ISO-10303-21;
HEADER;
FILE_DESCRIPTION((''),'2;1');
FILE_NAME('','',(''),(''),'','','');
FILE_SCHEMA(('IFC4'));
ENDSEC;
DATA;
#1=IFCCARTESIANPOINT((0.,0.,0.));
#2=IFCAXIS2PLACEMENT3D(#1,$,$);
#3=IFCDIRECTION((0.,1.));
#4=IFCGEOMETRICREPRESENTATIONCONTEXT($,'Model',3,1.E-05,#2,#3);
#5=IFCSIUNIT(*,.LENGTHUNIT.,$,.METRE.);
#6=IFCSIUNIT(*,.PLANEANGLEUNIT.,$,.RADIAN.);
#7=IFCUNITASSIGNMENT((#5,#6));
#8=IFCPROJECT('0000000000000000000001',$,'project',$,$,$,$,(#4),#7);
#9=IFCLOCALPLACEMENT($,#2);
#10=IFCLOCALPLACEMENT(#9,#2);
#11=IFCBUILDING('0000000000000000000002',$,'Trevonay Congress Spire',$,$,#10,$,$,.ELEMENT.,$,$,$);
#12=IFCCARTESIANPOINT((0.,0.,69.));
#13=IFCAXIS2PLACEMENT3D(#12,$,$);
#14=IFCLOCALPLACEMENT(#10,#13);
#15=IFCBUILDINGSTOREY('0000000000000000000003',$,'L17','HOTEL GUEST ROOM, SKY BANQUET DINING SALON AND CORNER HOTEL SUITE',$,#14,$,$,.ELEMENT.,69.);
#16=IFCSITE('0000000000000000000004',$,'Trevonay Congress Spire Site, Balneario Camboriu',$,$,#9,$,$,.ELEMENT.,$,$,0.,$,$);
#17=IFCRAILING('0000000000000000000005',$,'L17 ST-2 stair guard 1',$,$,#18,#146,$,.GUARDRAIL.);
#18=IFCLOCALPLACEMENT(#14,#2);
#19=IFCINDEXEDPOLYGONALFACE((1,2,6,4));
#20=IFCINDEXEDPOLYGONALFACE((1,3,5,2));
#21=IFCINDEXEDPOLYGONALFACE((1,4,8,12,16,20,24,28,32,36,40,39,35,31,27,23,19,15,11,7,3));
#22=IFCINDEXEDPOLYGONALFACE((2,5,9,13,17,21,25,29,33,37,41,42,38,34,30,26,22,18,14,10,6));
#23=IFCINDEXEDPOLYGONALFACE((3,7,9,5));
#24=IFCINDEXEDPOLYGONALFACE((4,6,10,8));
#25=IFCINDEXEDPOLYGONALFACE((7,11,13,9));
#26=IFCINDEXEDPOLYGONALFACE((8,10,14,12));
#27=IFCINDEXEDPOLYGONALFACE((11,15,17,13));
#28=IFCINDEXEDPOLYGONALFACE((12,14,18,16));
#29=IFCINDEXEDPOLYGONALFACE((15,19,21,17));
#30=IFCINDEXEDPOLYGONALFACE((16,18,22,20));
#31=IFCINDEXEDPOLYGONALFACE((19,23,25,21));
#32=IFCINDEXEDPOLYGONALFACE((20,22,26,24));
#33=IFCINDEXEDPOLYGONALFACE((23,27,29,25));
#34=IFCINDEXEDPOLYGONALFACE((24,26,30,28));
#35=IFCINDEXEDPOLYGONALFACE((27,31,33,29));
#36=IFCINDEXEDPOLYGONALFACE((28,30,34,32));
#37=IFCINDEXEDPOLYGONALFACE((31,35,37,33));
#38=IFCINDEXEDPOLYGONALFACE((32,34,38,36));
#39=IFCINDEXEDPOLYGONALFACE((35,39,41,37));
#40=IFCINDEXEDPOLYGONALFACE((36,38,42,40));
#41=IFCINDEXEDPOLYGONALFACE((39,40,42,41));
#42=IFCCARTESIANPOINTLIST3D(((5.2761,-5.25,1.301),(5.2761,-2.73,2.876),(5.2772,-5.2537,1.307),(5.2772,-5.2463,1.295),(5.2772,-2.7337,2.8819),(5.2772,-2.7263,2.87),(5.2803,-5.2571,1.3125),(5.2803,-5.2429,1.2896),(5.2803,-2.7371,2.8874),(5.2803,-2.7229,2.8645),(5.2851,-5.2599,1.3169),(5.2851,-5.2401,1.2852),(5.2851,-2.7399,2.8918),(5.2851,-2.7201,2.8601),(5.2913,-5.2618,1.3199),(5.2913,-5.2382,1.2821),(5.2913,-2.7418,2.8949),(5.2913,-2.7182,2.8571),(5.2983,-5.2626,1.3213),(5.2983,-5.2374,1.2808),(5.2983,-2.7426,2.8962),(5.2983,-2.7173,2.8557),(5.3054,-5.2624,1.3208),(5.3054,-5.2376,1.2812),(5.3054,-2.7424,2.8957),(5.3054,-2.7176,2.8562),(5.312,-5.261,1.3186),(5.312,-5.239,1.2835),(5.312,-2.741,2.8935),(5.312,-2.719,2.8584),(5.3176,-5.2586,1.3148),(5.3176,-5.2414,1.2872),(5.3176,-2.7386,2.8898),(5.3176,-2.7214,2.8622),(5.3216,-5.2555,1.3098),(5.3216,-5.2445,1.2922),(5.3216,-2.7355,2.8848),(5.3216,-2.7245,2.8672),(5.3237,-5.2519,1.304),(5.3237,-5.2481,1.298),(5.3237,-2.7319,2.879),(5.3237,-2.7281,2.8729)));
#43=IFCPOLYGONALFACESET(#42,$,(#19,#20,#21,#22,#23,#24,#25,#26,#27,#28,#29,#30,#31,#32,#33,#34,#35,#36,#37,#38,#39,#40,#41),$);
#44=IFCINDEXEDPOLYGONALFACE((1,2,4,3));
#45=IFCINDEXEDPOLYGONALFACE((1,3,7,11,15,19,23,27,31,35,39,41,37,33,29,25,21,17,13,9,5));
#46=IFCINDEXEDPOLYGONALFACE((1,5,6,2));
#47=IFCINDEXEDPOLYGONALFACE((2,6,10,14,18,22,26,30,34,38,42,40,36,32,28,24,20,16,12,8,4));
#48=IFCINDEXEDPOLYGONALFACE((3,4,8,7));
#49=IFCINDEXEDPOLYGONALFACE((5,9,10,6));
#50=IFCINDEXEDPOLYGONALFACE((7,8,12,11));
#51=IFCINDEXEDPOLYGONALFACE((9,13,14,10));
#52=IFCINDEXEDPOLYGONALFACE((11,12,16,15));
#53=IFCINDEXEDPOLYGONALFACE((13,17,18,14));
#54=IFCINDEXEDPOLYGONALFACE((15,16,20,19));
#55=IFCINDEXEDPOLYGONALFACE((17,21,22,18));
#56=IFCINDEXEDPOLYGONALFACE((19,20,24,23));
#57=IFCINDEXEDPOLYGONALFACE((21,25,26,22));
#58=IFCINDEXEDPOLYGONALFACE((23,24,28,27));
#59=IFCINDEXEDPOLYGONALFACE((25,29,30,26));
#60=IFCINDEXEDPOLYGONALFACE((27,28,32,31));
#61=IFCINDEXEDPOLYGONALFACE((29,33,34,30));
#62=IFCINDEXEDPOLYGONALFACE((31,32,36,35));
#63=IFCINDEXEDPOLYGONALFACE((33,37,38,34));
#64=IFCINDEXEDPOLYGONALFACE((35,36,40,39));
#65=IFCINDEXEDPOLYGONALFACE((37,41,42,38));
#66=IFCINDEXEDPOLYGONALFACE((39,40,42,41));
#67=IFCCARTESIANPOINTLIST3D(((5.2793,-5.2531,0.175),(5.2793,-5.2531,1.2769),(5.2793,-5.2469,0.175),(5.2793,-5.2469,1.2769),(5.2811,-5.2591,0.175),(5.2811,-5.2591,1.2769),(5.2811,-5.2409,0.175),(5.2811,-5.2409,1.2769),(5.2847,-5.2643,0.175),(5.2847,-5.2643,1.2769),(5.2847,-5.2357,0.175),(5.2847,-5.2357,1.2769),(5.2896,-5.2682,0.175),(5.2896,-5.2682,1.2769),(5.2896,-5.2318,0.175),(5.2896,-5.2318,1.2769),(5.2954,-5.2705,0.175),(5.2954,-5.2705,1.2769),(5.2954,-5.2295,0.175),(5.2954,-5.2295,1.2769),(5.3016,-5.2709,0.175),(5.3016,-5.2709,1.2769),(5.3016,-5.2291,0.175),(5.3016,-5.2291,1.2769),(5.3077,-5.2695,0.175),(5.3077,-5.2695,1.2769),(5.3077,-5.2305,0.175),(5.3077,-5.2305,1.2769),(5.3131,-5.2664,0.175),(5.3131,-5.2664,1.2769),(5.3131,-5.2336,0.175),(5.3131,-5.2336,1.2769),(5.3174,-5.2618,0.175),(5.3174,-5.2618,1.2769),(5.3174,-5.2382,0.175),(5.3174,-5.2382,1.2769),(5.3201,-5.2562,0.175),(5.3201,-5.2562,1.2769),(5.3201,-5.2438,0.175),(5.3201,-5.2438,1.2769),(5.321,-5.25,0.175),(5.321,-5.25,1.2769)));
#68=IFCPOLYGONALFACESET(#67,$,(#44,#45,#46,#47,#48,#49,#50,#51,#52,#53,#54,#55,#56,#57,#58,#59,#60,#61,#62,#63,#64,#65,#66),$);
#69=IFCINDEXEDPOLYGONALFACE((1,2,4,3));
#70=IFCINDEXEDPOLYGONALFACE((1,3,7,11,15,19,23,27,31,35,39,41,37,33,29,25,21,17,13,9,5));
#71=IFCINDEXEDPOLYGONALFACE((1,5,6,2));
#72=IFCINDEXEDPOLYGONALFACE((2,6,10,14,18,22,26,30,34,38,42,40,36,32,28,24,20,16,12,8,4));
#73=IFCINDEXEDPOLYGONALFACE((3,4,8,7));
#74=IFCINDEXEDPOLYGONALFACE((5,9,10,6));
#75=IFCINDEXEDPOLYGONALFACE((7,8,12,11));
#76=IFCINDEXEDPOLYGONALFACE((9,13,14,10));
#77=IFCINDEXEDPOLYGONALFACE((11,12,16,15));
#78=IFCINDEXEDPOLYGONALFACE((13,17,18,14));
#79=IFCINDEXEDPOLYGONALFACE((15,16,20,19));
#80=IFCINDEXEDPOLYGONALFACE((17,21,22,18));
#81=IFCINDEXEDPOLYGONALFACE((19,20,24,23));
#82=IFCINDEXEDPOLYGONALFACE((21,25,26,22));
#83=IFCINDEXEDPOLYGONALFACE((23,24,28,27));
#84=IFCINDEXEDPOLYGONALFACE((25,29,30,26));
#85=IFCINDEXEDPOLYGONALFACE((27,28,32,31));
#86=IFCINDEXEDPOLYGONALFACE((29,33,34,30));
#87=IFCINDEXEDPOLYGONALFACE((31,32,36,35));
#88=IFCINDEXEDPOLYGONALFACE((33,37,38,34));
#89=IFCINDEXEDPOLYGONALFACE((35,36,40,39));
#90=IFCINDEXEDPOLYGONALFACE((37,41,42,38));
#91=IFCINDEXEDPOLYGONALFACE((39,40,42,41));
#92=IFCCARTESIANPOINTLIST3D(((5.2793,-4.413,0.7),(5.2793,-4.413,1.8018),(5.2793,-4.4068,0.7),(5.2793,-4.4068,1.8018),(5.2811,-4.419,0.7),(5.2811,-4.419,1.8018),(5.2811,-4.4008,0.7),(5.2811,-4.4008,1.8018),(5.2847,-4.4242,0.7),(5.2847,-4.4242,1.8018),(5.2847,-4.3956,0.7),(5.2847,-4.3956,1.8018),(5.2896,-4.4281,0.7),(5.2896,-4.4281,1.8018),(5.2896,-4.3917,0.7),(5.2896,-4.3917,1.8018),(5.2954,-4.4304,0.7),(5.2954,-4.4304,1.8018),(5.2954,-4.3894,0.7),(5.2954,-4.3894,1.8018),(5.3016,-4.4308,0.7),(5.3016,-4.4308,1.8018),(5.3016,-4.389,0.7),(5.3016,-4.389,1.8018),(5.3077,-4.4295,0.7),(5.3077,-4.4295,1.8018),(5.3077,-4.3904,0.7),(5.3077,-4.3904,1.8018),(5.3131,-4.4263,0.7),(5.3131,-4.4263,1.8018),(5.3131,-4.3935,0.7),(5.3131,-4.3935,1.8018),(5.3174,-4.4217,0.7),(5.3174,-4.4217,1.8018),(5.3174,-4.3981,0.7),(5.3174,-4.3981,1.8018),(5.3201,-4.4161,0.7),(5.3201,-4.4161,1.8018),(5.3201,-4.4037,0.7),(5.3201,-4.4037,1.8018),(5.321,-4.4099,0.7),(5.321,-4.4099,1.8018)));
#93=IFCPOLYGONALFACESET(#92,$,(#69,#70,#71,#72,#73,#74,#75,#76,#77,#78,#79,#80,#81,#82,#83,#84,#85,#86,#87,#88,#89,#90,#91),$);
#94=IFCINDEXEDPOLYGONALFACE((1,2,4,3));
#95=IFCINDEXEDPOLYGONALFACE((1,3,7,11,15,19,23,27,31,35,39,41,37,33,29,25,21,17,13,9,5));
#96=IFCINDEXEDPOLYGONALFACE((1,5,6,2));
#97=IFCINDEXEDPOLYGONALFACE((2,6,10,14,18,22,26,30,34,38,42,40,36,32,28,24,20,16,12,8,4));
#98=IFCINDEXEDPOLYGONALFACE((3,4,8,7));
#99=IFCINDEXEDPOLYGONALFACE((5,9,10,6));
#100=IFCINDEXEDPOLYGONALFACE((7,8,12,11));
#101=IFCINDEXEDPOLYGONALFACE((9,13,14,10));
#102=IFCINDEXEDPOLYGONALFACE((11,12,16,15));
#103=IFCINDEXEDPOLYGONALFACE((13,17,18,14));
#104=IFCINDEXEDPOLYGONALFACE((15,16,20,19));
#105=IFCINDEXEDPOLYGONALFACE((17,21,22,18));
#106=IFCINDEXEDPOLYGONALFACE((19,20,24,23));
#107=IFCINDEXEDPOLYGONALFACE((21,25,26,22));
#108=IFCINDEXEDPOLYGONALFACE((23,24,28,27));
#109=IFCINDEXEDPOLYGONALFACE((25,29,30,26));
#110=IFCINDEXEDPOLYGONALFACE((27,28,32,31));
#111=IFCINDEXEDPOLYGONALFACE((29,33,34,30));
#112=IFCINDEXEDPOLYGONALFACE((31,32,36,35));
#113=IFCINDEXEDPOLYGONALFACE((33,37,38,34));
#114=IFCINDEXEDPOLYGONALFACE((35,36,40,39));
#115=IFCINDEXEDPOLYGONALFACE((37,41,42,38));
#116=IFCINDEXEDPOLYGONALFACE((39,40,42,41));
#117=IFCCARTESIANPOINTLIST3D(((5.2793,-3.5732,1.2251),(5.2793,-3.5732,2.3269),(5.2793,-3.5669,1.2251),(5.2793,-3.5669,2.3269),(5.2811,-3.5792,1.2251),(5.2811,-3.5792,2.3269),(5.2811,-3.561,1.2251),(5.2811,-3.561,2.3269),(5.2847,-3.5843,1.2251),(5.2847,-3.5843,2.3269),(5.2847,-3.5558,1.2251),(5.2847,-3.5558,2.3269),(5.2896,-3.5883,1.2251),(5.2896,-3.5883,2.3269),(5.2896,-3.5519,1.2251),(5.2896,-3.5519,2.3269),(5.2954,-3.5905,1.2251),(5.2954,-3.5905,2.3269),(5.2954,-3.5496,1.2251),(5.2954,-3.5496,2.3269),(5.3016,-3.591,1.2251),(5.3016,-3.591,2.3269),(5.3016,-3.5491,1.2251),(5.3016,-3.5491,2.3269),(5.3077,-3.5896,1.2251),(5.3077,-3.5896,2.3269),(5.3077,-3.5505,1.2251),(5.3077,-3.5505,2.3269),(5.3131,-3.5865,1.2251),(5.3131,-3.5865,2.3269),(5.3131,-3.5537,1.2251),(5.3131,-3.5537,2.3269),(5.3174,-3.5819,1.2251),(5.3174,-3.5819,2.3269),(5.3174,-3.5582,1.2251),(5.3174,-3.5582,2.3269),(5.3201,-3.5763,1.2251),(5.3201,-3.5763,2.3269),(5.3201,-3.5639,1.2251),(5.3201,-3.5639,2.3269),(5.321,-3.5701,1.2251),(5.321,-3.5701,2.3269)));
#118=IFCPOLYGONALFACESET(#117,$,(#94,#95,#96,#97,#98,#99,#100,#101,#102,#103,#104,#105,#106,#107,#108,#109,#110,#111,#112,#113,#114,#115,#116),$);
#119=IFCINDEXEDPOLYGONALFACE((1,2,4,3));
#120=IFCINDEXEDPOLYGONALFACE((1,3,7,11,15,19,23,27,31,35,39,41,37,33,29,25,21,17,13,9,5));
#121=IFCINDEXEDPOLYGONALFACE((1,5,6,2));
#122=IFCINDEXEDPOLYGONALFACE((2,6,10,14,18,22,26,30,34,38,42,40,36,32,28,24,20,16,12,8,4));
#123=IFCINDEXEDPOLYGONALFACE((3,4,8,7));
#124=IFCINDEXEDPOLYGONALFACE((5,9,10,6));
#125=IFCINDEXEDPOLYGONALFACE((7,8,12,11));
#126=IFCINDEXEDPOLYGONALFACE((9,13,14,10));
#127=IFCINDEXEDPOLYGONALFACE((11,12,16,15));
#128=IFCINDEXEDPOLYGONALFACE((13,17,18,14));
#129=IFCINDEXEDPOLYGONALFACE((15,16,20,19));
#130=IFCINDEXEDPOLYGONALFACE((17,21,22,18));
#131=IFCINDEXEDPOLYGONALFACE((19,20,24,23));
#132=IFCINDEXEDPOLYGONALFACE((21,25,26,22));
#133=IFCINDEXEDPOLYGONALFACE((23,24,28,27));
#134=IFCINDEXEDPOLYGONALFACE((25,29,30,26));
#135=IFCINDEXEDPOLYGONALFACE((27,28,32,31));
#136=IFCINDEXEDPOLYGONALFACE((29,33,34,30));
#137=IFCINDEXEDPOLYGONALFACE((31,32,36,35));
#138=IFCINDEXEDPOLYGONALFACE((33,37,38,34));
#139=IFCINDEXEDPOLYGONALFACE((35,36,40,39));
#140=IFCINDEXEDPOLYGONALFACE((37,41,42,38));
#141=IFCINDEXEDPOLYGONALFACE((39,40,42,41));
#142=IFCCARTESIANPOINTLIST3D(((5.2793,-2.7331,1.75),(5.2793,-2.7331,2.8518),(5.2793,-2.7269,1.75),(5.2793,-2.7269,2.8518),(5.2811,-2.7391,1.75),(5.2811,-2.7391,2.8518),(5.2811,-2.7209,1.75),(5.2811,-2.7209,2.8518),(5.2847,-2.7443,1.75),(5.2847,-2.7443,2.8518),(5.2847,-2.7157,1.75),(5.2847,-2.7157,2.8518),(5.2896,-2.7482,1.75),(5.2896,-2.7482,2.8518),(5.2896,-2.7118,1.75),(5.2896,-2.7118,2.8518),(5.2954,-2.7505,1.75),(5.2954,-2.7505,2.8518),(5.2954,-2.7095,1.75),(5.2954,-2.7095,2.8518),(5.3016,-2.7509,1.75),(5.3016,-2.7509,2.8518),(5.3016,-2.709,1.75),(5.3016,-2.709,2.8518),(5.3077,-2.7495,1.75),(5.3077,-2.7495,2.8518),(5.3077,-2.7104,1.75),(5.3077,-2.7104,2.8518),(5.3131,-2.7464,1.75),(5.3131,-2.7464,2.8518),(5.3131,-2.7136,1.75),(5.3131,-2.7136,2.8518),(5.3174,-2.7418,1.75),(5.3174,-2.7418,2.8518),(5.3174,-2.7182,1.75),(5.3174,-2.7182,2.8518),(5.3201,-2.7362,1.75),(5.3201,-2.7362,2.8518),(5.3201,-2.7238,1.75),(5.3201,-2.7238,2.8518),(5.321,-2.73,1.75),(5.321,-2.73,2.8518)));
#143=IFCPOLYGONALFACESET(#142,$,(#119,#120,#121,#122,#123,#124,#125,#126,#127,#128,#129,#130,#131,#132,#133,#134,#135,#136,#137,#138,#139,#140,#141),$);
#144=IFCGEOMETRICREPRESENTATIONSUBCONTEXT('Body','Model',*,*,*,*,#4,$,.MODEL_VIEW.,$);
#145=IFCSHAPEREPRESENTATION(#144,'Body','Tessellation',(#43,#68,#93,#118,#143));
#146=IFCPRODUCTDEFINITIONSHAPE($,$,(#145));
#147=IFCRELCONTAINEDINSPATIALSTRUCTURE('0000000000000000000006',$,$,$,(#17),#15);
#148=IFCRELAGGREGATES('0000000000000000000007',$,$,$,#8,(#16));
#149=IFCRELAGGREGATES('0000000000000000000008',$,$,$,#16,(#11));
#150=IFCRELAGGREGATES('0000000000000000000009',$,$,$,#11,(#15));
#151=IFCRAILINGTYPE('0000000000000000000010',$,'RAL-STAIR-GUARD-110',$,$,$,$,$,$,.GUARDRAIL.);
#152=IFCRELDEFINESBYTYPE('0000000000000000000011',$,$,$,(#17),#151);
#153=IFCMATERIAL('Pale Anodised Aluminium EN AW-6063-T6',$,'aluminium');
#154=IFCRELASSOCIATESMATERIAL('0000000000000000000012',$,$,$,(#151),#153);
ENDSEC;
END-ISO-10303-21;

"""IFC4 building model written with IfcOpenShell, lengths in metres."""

from ifc_helpers import new_model, si_unit, direction, frame, origin, origin_2d, place, context, subcontext, project, spatial, circle, extrude, material, type_object, element, save


model = new_model("IFC4")

# Units and contexts
model_context = context("Model", 3, precision=1e-05, world=origin(), true_north=direction((0.0, 1.0)))
body_context = subcontext(model_context, "Body", "Model", "MODEL_VIEW")
ifc_project = project(units=[si_unit("LENGTHUNIT", "METRE"), si_unit("PLANEANGLEUNIT", "RADIAN")], contexts=[model_context])

# Site, building, storey
site_placement = place(None, origin())
site = spatial("IfcSite", under=ifc_project, at=site_placement, Name="Trevonay Congress Spire Site, Balneario Camboriu", CompositionType="ELEMENT", RefElevation=0.0)
building_placement = place(site_placement, origin())
building = spatial("IfcBuilding", under=site, at=building_placement, Name="Trevonay Congress Spire", CompositionType="ELEMENT")
storey_placement = place(building_placement, frame((0.0, 0.0, 69.0)))
storey = spatial("IfcBuildingStorey", under=building, at=storey_placement, Name="L17", Description="HOTEL GUEST ROOM, SKY BANQUET DINING SALON AND CORNER HOTEL SUITE", CompositionType="ELEMENT", Elevation=69.0)

# Shared definitions
ifc_material_1 = material(Name="Pale Anodised Aluminium EN AW-6063-T6", Category="aluminium")

# Railing
railing_type = type_object("IfcRailingType", Name="RAL-STAIR-GUARD-110", PredefinedType="GUARDRAIL", material=ifc_material_1)
railing_1_placement = place(storey_placement, frame((5.3, -5.25, 0.175)))
element("IfcRailing", 1, at=railing_1_placement, inside=storey, type_object=railing_type, Name="L17 ST-2 stair guard 1", PredefinedType="GUARDRAIL", context=body_context, shape_type="SweptSolid", body=[
    extrude(circle(Radius=0.0239, at=origin_2d()), frame((0.0, 0.0, 1.126), z_axis=(0.0, 0.848008, 0.529984), x_axis=(-1.0, 0.0, 0.0)), (0.0, 0.0, 1.0), 2.9717),
    extrude(circle(Radius=0.021, at=origin_2d()), origin(), (0.0, 0.0, 1.0), 1.1018),
    extrude(circle(Radius=0.021, at=origin_2d()), frame((0.0, 0.8401, 0.5249)), (0.0, 0.0, 1.0), 1.1018),
    extrude(circle(Radius=0.021, at=origin_2d()), frame((0.0, 1.6799, 1.05)), (0.0, 0.0, 1.0), 1.1018),
    extrude(circle(Radius=0.021, at=origin_2d()), frame((0.0, 2.52, 1.575)), (0.0, 0.0, 1.0), 1.1018),
])

save(model, "model.ifc")
